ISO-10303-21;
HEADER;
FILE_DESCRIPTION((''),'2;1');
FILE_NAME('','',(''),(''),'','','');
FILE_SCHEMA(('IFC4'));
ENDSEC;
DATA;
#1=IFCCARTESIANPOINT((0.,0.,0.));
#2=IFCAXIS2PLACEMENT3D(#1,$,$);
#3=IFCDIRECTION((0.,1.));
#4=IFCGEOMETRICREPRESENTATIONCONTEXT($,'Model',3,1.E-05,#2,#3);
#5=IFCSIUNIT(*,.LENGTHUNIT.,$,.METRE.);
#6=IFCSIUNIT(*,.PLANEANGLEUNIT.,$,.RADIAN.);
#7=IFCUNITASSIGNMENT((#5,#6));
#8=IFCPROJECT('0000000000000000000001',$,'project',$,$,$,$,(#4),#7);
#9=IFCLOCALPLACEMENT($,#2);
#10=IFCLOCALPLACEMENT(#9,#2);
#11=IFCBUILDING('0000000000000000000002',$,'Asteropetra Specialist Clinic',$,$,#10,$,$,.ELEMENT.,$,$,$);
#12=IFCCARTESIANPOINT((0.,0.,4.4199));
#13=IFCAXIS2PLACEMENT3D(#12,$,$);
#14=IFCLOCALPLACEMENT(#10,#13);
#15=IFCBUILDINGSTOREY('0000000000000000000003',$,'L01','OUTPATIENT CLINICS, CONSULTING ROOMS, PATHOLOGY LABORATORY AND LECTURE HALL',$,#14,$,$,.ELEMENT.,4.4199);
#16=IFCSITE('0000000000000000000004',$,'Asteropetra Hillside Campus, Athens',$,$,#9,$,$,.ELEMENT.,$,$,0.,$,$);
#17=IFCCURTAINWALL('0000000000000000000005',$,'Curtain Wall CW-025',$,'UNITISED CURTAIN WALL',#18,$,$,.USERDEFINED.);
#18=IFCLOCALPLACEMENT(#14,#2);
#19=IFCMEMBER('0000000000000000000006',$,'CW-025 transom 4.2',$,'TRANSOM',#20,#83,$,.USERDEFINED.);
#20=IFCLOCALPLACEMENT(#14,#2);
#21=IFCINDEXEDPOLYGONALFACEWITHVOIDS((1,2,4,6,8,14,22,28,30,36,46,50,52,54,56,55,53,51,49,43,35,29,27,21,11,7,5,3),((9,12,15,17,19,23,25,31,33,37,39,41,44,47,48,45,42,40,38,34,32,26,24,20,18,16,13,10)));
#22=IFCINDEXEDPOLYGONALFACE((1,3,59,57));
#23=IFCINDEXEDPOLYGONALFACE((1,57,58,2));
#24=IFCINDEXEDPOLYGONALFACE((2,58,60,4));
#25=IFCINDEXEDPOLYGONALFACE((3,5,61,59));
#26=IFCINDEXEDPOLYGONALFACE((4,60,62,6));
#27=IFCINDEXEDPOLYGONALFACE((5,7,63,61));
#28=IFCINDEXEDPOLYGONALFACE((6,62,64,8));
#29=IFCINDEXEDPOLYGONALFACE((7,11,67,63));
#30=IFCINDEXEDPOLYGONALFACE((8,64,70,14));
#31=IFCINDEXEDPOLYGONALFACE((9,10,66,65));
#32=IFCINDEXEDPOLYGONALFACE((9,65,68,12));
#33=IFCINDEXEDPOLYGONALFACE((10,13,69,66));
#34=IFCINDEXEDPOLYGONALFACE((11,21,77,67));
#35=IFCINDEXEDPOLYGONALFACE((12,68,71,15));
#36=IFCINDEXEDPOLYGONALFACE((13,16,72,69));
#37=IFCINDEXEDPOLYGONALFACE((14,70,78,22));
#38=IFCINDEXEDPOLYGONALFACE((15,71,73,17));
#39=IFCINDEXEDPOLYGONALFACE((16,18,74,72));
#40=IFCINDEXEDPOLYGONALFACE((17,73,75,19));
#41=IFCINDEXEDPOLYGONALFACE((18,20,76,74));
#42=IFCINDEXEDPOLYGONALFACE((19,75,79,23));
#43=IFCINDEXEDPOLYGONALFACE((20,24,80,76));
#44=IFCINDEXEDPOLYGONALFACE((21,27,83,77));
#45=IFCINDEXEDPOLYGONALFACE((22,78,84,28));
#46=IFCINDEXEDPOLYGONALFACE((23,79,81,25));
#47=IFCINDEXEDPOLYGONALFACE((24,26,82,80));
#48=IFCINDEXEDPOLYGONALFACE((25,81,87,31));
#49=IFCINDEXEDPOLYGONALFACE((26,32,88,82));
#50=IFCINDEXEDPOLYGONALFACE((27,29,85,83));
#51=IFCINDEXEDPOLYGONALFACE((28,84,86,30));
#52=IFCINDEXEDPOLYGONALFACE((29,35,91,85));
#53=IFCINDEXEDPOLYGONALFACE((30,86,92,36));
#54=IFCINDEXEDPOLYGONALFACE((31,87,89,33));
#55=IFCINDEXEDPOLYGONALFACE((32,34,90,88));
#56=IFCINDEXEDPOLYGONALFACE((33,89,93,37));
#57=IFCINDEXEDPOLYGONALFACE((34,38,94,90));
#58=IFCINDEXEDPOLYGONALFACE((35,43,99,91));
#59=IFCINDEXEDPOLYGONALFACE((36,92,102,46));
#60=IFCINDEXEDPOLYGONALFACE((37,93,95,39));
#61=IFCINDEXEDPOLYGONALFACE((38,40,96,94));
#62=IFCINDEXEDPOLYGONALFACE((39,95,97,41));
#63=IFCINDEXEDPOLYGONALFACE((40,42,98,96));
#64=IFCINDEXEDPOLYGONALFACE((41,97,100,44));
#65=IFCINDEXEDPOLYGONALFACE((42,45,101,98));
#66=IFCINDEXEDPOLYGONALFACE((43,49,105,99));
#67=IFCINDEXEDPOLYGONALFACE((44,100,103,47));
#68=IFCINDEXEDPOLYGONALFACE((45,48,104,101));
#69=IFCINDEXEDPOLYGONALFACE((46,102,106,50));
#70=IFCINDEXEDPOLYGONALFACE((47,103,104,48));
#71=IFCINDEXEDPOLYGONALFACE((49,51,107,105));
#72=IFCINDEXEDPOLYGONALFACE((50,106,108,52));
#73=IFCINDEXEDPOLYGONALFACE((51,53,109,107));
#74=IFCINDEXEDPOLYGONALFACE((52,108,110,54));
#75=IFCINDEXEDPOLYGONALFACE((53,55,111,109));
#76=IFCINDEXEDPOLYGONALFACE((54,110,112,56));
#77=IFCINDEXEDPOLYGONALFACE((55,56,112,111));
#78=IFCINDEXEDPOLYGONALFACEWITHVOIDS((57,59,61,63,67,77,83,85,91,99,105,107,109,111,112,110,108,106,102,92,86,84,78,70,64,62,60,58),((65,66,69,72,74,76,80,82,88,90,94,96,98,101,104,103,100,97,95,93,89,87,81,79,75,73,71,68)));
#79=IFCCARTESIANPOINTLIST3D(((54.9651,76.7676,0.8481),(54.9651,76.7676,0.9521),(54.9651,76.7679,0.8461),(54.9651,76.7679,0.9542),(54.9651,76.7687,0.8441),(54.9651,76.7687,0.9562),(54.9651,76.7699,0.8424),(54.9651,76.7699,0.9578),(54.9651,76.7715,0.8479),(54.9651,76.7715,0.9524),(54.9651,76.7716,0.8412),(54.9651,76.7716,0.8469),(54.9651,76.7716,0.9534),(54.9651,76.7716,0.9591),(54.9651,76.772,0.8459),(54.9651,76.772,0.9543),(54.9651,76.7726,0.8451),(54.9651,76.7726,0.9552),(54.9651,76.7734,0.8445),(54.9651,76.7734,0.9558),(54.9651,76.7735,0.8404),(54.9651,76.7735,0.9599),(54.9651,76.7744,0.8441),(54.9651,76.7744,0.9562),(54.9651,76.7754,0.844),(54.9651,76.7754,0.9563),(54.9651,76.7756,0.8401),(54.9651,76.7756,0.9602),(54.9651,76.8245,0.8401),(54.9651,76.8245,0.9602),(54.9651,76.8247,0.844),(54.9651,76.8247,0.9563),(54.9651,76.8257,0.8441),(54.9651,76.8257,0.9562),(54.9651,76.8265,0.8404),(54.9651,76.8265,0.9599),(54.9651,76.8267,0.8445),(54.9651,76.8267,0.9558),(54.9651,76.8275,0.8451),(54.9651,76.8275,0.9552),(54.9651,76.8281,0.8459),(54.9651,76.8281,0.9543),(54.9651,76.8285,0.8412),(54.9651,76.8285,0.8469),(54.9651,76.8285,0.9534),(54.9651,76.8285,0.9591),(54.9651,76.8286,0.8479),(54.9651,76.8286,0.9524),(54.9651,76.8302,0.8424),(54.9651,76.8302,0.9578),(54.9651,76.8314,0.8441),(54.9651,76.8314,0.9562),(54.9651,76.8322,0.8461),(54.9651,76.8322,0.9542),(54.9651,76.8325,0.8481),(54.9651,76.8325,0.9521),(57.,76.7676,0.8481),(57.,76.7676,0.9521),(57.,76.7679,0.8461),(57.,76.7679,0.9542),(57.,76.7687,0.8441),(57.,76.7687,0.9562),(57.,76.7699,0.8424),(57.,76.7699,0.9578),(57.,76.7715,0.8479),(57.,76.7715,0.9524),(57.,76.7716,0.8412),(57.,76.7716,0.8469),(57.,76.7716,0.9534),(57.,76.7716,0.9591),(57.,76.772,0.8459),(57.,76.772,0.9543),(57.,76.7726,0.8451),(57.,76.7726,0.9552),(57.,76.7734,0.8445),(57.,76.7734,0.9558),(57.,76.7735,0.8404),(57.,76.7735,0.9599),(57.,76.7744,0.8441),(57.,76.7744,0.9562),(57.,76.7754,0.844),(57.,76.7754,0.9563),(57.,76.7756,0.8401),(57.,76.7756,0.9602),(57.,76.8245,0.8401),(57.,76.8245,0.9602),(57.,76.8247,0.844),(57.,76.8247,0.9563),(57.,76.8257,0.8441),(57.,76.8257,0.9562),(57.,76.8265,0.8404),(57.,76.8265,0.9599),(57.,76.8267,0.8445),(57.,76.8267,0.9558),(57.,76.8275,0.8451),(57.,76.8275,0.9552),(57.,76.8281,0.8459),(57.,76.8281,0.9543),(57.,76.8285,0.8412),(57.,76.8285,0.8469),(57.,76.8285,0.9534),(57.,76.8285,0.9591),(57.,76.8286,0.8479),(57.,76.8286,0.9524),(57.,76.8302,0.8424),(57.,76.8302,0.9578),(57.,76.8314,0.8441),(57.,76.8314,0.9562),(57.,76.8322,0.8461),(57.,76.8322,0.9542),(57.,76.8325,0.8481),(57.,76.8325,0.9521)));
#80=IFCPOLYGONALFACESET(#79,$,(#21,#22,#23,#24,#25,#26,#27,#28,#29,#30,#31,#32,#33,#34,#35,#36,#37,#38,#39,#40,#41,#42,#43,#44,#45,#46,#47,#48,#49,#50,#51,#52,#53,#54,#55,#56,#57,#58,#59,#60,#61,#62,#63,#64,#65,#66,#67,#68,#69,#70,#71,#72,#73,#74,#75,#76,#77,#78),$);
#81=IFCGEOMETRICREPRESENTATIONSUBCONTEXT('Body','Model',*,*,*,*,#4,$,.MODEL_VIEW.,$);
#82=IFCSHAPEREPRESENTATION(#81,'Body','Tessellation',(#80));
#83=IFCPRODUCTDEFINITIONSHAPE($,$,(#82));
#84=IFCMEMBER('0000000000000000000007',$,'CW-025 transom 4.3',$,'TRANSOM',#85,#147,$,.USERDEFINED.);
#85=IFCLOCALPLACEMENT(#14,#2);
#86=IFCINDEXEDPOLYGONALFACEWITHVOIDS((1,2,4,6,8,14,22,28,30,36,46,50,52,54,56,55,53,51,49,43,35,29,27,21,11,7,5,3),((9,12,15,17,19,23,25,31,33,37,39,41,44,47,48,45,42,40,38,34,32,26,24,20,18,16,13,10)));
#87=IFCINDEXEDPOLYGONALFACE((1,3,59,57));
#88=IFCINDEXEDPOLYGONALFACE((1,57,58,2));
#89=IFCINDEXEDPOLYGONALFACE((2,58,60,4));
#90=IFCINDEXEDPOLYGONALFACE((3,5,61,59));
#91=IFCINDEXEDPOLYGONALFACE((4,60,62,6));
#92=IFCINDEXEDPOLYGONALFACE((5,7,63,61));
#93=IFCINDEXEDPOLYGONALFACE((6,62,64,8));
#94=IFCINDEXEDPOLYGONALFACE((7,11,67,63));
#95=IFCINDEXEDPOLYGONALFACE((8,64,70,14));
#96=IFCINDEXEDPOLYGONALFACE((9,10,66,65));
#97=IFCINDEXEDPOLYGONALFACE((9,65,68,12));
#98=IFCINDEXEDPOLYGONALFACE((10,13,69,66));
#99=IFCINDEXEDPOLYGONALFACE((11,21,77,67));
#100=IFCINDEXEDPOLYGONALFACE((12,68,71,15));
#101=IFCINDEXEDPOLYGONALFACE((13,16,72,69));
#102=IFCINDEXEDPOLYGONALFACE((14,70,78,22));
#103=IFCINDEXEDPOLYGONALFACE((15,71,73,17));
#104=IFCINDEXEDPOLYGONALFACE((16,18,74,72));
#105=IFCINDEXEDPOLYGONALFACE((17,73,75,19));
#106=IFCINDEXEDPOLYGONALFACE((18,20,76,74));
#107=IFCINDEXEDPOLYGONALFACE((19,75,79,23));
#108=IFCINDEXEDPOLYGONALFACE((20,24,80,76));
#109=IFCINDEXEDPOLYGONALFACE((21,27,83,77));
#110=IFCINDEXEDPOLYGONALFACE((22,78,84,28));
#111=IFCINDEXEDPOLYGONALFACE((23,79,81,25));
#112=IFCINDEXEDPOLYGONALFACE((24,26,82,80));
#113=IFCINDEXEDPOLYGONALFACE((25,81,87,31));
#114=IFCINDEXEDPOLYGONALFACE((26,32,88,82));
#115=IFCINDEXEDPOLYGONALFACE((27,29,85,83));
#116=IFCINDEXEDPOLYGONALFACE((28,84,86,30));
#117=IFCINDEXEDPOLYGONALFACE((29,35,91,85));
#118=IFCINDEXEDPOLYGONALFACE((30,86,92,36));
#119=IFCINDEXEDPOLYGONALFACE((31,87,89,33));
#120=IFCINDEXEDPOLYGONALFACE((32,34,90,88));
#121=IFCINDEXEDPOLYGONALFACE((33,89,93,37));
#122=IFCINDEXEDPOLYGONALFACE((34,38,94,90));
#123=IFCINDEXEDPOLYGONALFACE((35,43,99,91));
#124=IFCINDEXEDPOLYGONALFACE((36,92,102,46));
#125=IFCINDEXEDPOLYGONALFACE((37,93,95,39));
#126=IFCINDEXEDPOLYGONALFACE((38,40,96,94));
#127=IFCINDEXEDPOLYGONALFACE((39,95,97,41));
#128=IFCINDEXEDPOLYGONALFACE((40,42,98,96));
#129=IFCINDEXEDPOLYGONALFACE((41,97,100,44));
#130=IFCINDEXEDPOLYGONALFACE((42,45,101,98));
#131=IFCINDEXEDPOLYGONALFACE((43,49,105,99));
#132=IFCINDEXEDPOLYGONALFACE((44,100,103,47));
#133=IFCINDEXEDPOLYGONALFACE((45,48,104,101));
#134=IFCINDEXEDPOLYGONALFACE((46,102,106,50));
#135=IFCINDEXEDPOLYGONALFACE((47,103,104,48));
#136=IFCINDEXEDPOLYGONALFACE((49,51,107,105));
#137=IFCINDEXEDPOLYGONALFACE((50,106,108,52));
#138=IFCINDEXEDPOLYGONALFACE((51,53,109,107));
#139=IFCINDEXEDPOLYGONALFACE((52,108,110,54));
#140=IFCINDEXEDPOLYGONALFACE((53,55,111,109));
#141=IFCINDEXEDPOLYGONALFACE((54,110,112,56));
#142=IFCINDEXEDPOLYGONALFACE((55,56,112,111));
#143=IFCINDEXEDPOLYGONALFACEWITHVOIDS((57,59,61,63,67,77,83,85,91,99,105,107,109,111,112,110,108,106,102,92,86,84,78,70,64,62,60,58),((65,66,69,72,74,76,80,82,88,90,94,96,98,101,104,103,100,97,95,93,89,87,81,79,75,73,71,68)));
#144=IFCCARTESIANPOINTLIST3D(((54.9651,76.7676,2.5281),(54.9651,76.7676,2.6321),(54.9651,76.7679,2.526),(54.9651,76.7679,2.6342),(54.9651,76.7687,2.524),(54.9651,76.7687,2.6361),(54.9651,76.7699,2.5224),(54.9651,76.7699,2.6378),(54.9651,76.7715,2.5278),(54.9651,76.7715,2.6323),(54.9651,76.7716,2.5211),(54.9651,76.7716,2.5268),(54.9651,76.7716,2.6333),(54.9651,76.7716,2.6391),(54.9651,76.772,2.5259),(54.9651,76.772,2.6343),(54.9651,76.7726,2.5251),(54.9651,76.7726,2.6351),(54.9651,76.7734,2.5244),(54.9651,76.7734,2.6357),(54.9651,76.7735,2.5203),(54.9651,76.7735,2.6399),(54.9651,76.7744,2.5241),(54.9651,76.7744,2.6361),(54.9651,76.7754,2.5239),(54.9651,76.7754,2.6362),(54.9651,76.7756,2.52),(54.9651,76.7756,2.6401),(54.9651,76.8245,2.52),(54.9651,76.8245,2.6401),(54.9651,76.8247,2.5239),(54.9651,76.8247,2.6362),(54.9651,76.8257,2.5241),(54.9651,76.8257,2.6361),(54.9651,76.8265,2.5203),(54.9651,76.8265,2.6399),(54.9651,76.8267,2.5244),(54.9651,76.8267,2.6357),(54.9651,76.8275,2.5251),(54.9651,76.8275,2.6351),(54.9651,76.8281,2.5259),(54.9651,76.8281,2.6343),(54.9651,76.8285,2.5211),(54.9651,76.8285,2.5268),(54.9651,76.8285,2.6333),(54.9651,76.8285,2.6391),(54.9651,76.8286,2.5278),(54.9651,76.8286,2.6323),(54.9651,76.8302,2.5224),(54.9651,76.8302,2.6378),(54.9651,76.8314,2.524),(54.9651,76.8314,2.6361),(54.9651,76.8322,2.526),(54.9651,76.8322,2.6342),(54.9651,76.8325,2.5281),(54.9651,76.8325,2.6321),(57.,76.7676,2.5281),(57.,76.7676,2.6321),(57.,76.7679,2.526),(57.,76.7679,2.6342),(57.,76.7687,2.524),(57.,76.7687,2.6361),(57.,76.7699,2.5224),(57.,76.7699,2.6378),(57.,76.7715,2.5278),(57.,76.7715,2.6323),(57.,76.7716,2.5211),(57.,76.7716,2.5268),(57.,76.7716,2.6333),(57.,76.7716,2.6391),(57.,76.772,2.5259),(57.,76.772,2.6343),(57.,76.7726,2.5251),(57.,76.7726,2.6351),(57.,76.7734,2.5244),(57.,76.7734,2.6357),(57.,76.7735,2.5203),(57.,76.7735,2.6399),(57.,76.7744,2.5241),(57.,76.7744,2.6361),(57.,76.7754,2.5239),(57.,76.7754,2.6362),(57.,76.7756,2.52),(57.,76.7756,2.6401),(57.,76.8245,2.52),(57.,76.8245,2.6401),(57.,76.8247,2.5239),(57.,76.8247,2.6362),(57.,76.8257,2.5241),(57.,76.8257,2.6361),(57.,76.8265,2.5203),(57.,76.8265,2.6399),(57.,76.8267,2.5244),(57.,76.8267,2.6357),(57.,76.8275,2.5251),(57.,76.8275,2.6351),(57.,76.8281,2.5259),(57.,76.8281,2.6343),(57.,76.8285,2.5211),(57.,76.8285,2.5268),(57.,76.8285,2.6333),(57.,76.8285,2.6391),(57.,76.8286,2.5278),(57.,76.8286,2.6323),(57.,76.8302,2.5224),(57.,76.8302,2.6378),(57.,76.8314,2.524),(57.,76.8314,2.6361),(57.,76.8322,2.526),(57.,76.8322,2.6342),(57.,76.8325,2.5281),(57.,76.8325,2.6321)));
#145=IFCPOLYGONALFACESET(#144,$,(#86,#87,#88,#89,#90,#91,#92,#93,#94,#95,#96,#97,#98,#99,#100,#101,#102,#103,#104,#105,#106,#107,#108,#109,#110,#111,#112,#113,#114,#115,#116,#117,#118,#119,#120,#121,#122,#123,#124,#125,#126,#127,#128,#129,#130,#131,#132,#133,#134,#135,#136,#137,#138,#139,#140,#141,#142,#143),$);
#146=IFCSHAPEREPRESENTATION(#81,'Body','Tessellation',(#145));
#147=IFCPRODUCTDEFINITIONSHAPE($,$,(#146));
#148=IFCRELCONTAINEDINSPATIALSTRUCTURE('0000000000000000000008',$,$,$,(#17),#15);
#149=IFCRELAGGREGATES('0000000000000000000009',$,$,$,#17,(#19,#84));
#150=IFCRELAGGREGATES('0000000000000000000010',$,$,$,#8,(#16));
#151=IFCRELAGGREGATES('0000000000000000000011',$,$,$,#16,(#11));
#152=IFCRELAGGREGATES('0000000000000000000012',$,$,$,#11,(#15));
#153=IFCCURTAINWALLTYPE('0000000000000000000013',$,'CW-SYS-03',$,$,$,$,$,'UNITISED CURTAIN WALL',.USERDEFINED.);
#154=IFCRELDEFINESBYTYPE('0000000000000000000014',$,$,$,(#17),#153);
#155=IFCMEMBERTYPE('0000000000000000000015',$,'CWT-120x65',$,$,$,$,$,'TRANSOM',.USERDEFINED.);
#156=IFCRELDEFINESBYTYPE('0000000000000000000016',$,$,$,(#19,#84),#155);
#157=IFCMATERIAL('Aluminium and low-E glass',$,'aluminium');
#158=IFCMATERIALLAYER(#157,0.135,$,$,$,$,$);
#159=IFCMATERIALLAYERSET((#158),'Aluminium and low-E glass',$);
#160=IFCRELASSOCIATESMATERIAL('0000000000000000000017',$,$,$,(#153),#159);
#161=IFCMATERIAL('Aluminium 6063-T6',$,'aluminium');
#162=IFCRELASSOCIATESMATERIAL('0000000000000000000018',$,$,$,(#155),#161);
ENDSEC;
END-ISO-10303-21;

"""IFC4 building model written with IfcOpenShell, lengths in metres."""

from ifc_helpers import new_model, si_unit, direction, frame, origin, origin_2d, place, context, subcontext, project, spatial, hollow_rectangle, extrude, material, layer, layer_set, material_profile, profile_set, type_object, element, aggregate, save


model = new_model("IFC4")

# Units and contexts
model_context = context("Model", 3, precision=1e-05, world=origin(), true_north=direction((0.0, 1.0)))
body_context = subcontext(model_context, "Body", "Model", "MODEL_VIEW")
ifc_project = project(units=[si_unit("LENGTHUNIT", "METRE"), si_unit("PLANEANGLEUNIT", "RADIAN")], contexts=[model_context])

# Site, building, storey
site_placement = place(None, origin())
site = spatial("IfcSite", under=ifc_project, at=site_placement, Name="Asteropetra Hillside Campus, Athens", CompositionType="ELEMENT", RefElevation=0.0)
building_placement = place(site_placement, origin())
building = spatial("IfcBuilding", under=site, at=building_placement, Name="Asteropetra Specialist Clinic", CompositionType="ELEMENT")
storey_placement = place(building_placement, frame((0.0, 0.0, 4.4199)))
storey = spatial("IfcBuildingStorey", under=building, at=storey_placement, Name="L01", Description="OUTPATIENT CLINICS, CONSULTING ROOMS, PATHOLOGY LABORATORY AND LECTURE HALL", CompositionType="ELEMENT", Elevation=4.4199)

# Curtain wall
ifc_material_1 = material(Name="Aluminium and low-E glass", Category="aluminium")
ifc_layer_1 = layer(ifc_material_1, 0.135)
ifc_layer_set_1 = layer_set([ifc_layer_1], Name="Aluminium and low-E glass")
curtain_wall_type_1 = type_object("IfcCurtainWallType", Name="CW-SYS-03", ElementType="UNITISED CURTAIN WALL", PredefinedType="USERDEFINED", material=ifc_layer_set_1)
curtain_wall_1_placement = place(storey_placement, origin())
curtain_wall_1 = element("IfcCurtainWall", 1, at=curtain_wall_1_placement, inside=storey, type_object=curtain_wall_type_1, Name="Curtain Wall CW-025", ObjectType="UNITISED CURTAIN WALL", PredefinedType="USERDEFINED")

# Members
ifc_material_2 = material(Name="Aluminium 6063-T6", Category="aluminium")
ifc_material_profile_1 = material_profile(ifc_material_2, hollow_rectangle(XDim=0.0649, YDim=0.1201, WallThickness=0.0039, InnerFilletRadius=0.0039, OuterFilletRadius=0.0081, at=origin_2d()), Name="TRN 120x65x4.0")
ifc_profile_set_1 = profile_set([ifc_material_profile_1], Name="Aluminium 6063-T6")
member_type_1 = type_object("IfcMemberType", Name="CWT-120x65", ElementType="TRANSOM", PredefinedType="USERDEFINED", material=ifc_profile_set_1)
member_1_placement = place(storey_placement, frame((54.9651, 76.8, 0.9001), z_axis=(1.0, 0.0, 0.0), x_axis=(0.0, 1.0, 0.0)))
member_1 = element("IfcMember", 2, at=member_1_placement, type_object=member_type_1, Name="CW-025 transom 4.2", ObjectType="TRANSOM", PredefinedType="USERDEFINED", context=body_context, shape_type="SweptSolid", body=[
    extrude(hollow_rectangle(XDim=0.0649, YDim=0.1201, WallThickness=0.0039, InnerFilletRadius=0.0039, OuterFilletRadius=0.0081, at=origin_2d()), origin(), (0.0, 0.0, 1.0), 2.0349),
])
member_2_placement = place(storey_placement, frame((54.9651, 76.8, 2.5801), z_axis=(1.0, 0.0, 0.0), x_axis=(0.0, 1.0, 0.0)))
member_2 = element("IfcMember", 3, at=member_2_placement, type_object=member_type_1, Name="CW-025 transom 4.3", ObjectType="TRANSOM", PredefinedType="USERDEFINED", context=body_context, shape_type="SweptSolid", body=[
    extrude(hollow_rectangle(XDim=0.0649, YDim=0.1201, WallThickness=0.0039, InnerFilletRadius=0.0039, OuterFilletRadius=0.0081, at=origin_2d()), origin(), (0.0, 0.0, 1.0), 2.0349),
])

aggregate(curtain_wall_1, [member_1, member_2])

save(model, "model.ifc")
